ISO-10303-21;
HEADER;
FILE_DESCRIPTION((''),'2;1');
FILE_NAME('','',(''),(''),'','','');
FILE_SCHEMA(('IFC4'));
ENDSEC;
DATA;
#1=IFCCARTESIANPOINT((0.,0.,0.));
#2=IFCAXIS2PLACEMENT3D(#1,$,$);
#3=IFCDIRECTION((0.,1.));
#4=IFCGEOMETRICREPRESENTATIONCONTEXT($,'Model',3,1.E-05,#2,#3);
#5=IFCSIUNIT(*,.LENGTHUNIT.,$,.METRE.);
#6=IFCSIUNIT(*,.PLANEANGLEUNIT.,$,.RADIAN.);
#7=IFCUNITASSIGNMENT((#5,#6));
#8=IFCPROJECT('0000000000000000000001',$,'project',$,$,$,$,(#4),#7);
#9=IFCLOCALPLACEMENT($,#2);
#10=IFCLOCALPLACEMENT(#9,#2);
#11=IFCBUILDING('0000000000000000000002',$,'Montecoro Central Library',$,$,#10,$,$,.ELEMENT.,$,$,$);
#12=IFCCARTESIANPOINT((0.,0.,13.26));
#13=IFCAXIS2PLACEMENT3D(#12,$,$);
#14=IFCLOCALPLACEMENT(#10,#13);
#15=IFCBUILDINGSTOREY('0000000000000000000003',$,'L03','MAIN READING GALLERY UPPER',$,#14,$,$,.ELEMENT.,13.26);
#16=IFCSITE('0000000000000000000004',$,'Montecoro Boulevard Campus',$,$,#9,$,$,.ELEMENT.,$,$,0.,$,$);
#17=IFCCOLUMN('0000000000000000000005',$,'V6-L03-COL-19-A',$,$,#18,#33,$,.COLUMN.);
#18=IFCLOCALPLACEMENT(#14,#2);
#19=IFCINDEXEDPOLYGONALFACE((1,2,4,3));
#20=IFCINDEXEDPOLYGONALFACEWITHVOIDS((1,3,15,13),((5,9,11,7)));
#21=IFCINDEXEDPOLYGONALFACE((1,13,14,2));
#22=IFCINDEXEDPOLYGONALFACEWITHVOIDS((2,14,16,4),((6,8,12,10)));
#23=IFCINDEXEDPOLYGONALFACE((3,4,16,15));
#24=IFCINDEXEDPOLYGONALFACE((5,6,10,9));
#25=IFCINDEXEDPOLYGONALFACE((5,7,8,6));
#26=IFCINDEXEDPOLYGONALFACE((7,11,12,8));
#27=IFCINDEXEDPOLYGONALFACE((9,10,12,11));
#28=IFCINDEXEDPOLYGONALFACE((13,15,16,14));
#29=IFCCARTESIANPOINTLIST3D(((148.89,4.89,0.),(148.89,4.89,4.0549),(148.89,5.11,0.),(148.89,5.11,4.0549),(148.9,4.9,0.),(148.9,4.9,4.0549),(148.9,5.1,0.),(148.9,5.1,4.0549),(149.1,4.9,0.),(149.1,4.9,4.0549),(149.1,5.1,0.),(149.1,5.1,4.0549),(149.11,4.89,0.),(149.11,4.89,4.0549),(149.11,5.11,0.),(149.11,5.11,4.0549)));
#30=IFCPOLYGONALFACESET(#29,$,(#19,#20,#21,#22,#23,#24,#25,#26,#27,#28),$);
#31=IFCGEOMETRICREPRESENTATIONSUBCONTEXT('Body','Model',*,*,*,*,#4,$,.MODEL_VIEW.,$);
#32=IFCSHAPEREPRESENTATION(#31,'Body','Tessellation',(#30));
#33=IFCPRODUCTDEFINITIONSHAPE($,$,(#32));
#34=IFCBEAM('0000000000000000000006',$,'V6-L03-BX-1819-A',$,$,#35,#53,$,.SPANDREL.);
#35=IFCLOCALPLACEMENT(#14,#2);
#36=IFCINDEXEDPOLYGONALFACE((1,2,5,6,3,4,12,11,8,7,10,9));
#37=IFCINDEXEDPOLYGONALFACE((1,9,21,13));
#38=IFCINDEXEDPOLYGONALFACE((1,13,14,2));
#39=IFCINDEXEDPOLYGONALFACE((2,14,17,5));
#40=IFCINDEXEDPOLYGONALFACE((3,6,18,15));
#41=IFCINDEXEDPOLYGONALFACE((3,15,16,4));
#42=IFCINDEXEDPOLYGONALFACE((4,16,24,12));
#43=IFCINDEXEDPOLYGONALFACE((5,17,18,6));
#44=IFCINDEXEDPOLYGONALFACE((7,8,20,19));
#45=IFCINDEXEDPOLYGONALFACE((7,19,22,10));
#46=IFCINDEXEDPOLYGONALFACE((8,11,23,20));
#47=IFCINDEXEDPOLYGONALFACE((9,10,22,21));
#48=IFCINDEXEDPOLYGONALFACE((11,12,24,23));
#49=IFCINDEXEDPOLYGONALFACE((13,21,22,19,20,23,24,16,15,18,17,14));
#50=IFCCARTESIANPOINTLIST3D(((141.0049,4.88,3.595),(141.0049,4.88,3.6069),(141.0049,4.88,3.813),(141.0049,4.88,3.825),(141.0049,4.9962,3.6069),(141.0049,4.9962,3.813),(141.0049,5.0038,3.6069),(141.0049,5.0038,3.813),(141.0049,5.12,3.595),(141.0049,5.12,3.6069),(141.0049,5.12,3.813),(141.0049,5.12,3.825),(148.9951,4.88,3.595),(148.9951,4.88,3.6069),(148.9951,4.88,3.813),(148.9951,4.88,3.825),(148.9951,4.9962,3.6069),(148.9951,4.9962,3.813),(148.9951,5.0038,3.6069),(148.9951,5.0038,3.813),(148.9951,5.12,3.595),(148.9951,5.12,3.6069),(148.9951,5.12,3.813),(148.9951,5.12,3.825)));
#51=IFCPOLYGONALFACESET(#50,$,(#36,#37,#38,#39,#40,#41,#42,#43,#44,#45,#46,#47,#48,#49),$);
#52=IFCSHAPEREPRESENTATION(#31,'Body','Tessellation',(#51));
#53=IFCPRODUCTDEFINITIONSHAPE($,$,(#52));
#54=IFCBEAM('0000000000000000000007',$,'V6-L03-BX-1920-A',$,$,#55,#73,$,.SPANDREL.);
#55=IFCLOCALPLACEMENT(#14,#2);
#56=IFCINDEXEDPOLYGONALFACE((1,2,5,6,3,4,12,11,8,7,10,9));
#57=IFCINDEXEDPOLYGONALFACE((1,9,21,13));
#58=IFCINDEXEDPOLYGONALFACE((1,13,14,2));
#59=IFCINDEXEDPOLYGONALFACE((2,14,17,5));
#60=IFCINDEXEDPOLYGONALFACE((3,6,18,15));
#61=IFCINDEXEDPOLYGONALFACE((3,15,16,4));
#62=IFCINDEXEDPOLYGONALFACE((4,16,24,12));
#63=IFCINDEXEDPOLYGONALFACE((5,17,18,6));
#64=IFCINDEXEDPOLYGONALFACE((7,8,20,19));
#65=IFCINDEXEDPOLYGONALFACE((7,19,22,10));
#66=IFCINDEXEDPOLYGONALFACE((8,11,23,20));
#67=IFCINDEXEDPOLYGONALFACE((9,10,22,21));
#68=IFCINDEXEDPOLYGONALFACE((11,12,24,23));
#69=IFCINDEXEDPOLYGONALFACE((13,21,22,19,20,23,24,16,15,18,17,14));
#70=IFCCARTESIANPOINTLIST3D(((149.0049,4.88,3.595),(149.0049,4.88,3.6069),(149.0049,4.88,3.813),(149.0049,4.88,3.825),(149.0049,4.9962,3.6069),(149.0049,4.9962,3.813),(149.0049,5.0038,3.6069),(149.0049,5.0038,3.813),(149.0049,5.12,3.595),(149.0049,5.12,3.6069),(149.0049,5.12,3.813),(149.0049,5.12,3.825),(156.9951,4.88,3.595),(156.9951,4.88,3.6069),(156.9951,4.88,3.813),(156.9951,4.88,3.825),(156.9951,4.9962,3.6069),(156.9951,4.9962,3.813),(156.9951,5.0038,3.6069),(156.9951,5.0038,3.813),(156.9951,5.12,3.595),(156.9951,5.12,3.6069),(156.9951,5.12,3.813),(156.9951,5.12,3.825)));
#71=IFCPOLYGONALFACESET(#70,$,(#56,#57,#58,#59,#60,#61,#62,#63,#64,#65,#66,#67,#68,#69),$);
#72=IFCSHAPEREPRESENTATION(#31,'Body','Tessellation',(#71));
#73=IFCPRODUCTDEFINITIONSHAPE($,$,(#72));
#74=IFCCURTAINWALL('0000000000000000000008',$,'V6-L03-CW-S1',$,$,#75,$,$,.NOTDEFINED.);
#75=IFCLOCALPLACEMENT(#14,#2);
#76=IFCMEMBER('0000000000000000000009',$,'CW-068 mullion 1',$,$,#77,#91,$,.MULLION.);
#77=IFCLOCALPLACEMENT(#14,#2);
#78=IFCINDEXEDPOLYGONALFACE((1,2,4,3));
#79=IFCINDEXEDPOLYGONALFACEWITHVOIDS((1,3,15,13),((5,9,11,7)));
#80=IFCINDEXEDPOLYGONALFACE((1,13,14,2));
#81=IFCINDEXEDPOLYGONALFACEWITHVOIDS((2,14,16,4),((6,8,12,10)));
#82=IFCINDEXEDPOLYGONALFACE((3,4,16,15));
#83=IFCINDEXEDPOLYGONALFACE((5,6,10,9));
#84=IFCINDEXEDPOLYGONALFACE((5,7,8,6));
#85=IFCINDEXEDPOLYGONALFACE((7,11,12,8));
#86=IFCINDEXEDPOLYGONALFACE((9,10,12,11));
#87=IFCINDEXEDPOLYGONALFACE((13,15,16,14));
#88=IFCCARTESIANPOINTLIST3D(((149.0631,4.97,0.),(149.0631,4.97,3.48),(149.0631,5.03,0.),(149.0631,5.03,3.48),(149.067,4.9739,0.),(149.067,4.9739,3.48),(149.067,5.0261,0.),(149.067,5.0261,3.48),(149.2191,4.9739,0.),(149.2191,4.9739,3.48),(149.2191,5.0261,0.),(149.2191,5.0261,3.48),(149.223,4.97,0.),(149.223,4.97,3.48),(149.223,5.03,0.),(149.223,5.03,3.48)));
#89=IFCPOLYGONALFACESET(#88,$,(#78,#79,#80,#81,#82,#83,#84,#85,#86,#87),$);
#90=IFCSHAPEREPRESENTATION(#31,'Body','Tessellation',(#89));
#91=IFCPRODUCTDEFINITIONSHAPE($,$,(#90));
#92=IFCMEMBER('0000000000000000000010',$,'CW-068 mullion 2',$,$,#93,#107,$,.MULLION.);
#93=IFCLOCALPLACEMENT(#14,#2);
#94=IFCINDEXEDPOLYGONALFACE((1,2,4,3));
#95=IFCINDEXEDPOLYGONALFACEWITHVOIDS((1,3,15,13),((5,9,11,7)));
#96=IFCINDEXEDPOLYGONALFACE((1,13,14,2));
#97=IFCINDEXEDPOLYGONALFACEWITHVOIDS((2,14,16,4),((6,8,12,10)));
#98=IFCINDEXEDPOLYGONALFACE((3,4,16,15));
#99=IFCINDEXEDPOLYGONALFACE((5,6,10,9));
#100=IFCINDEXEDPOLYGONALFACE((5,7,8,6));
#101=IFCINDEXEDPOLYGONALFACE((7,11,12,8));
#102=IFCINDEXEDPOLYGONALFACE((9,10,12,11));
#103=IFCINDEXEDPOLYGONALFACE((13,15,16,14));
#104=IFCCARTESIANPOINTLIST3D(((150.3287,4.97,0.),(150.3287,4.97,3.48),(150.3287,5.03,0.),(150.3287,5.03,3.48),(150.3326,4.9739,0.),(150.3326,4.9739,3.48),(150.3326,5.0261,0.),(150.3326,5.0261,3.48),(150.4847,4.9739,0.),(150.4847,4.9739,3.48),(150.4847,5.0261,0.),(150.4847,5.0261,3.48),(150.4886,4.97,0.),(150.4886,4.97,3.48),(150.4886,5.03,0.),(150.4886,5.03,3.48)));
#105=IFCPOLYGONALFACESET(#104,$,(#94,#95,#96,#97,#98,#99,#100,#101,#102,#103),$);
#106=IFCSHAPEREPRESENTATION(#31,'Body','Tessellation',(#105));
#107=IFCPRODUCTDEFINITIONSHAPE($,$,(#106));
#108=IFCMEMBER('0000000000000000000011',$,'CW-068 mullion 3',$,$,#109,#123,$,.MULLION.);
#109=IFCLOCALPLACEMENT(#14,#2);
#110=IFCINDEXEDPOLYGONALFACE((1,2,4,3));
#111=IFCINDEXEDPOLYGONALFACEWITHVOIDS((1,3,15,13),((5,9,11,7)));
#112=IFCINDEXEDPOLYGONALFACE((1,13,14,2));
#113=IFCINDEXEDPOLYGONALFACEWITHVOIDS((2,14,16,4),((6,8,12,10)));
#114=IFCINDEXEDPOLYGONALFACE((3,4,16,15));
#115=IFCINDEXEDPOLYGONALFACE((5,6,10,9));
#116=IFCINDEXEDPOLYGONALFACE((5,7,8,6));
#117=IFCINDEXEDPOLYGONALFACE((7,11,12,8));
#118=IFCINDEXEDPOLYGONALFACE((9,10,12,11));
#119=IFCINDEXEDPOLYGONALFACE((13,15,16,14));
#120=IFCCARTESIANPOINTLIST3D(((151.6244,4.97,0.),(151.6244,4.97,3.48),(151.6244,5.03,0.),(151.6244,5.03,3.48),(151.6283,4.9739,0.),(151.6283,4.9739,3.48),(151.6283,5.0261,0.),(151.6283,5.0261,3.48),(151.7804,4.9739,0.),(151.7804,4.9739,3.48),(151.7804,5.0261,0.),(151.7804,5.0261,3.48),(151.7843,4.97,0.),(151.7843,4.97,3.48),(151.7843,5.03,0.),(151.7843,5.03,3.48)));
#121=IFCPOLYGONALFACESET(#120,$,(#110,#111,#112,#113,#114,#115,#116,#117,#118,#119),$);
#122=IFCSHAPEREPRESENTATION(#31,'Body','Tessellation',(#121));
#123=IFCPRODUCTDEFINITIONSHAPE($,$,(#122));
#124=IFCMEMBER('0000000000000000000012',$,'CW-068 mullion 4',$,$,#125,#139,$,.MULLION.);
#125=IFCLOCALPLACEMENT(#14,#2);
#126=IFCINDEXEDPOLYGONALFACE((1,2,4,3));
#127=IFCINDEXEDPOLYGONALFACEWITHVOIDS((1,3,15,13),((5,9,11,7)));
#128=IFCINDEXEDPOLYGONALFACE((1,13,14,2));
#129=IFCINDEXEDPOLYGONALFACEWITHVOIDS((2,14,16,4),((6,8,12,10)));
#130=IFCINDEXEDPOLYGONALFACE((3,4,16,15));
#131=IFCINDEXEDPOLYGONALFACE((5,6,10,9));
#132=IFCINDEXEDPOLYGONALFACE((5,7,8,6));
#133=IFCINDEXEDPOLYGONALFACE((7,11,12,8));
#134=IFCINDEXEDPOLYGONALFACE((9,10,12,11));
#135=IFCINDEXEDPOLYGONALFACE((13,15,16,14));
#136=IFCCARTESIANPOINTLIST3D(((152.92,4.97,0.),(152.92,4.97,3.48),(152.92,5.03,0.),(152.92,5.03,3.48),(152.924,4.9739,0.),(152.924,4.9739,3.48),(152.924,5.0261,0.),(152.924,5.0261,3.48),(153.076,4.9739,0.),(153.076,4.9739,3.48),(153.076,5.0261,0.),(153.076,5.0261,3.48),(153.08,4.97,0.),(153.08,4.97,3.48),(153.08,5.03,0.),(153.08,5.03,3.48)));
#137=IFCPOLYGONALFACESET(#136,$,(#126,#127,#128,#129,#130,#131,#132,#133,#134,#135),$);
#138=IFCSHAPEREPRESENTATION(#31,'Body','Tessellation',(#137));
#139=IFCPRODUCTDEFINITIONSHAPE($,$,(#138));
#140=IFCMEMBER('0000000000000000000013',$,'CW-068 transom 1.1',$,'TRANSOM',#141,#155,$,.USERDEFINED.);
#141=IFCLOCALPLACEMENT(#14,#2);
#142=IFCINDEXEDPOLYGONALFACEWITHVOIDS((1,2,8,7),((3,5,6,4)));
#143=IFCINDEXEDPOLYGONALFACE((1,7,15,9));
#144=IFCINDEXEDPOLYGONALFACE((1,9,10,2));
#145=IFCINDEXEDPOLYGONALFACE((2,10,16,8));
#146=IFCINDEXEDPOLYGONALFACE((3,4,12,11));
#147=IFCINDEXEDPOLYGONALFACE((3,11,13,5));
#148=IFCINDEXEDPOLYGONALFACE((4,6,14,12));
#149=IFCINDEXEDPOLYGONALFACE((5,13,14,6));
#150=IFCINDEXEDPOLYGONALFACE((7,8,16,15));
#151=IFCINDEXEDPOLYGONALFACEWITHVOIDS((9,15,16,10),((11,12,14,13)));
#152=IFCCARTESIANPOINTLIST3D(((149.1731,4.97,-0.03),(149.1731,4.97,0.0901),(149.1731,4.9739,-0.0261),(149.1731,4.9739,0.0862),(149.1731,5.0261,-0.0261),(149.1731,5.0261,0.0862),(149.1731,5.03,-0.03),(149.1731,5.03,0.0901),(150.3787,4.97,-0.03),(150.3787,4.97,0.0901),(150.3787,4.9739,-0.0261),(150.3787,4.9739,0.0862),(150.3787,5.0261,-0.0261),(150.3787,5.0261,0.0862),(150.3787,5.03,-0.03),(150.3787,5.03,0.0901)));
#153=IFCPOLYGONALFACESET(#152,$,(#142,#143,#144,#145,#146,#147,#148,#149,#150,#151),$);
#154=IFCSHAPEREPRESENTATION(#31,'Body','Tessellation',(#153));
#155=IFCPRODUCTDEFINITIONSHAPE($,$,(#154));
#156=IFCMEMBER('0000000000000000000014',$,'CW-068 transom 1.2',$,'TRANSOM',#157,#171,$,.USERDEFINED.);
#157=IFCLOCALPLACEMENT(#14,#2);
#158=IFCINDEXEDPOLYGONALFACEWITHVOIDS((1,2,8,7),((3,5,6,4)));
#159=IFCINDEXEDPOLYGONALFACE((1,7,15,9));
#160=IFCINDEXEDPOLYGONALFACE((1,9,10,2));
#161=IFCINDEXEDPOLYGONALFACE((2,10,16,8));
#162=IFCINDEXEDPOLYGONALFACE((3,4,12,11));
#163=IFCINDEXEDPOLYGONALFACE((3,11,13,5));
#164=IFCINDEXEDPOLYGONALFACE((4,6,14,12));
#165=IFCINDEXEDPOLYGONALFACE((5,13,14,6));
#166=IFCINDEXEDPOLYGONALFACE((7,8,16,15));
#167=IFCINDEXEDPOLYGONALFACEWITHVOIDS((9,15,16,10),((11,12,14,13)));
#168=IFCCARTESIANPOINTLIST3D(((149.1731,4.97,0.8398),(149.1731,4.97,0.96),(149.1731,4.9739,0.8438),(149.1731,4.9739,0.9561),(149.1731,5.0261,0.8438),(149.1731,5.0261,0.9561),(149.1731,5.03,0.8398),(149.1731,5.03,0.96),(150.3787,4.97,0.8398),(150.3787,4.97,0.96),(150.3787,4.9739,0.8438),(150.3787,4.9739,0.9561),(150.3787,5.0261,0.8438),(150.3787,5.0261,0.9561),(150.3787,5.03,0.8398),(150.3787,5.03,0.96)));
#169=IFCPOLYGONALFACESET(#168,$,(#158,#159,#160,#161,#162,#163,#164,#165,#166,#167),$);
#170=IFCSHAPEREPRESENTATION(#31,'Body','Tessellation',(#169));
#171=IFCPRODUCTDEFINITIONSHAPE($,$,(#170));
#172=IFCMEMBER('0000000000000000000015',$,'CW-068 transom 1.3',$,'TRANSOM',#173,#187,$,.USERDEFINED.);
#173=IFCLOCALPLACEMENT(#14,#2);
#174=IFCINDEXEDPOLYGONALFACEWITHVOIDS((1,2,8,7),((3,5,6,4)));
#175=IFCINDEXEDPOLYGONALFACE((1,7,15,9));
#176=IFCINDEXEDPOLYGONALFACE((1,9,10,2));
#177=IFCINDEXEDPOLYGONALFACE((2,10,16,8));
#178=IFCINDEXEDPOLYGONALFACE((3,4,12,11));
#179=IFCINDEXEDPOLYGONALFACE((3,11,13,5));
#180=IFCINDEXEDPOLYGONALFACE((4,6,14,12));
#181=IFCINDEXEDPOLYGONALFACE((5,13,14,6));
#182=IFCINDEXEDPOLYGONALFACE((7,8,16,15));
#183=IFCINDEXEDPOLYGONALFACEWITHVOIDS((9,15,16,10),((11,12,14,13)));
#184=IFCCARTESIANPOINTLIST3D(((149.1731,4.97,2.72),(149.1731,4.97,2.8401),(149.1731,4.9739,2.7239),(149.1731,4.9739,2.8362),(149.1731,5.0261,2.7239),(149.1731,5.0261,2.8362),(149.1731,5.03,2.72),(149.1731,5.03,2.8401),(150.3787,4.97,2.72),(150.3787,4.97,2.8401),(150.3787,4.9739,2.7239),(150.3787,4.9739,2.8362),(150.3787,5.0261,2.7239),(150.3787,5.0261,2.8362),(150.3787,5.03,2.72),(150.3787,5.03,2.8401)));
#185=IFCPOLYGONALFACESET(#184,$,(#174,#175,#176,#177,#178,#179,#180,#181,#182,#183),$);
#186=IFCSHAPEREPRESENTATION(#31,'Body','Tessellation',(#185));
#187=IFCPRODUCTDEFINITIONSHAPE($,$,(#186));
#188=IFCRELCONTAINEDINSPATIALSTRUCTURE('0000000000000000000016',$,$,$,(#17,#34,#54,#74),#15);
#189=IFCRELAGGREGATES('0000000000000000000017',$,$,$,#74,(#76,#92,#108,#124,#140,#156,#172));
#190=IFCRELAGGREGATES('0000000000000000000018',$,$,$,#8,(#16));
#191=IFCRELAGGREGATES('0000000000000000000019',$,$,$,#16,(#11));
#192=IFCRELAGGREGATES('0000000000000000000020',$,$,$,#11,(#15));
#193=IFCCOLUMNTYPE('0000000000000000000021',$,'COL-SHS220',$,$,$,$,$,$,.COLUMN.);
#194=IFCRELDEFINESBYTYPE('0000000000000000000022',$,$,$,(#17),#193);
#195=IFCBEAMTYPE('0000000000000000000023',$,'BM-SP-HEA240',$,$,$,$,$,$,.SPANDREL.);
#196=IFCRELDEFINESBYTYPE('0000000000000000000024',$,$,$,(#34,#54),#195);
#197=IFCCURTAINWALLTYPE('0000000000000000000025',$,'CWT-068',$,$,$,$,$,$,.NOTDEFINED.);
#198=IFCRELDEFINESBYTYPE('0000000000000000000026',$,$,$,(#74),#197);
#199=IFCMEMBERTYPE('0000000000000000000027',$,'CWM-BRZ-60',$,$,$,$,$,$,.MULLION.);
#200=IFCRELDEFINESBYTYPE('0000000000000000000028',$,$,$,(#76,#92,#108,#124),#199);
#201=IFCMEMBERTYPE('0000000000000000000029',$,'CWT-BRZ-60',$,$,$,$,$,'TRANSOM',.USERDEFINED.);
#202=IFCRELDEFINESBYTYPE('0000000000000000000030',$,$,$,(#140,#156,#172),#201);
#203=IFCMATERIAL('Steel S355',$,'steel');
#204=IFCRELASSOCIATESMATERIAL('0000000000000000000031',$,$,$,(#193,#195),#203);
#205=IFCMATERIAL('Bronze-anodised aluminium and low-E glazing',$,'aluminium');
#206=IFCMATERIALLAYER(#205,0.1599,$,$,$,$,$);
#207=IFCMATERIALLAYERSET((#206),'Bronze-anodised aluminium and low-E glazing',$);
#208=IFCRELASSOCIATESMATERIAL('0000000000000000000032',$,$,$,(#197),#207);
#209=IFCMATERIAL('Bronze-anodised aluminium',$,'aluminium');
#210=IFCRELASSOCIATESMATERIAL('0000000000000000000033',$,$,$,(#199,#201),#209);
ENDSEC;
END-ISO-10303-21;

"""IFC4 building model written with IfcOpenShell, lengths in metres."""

from ifc_helpers import new_model, si_unit, direction, frame, origin, origin_2d, place, context, subcontext, project, spatial, hollow_rectangle, i_section, extrude, material, layer, layer_set, material_profile, profile_set, type_object, element, aggregate, save


model = new_model("IFC4")

# Units and contexts
model_context = context("Model", 3, precision=1e-05, world=origin(), true_north=direction((0.0, 1.0)))
body_context = subcontext(model_context, "Body", "Model", "MODEL_VIEW")
ifc_project = project(units=[si_unit("LENGTHUNIT", "METRE"), si_unit("PLANEANGLEUNIT", "RADIAN")], contexts=[model_context])

# Site, building, storey
site_placement = place(None, origin())
site = spatial("IfcSite", under=ifc_project, at=site_placement, Name="Montecoro Boulevard Campus", CompositionType="ELEMENT", RefElevation=0.0)
building_placement = place(site_placement, origin())
building = spatial("IfcBuilding", under=site, at=building_placement, Name="Montecoro Central Library", CompositionType="ELEMENT")
storey_placement = place(building_placement, frame((0.0, 0.0, 13.26)))
storey = spatial("IfcBuildingStorey", under=building, at=storey_placement, Name="L03", Description="MAIN READING GALLERY UPPER", CompositionType="ELEMENT", Elevation=13.26)

# Column
ifc_material_1 = material(Name="Steel S355", Category="steel")
ifc_material_profile_1 = material_profile(ifc_material_1, hollow_rectangle(XDim=0.22, YDim=0.22, WallThickness=0.01, at=origin_2d()), Name="SHS 220x220x10.0")
ifc_profile_set_1 = profile_set([ifc_material_profile_1], Name="Steel S355")
column_type = type_object("IfcColumnType", Name="COL-SHS220", PredefinedType="COLUMN", material=ifc_profile_set_1)
column_placement = place(storey_placement, frame((149.0, 5.0, 0.0), z_axis=(0.0, 0.0, 1.0), x_axis=(1.0, 0.0, 0.0)))
element("IfcColumn", 1, at=column_placement, inside=storey, type_object=column_type, Name="V6-L03-COL-19-A", PredefinedType="COLUMN", context=body_context, shape_type="SweptSolid", body=[
    extrude(hollow_rectangle(XDim=0.22, YDim=0.22, WallThickness=0.01, at=origin_2d()), origin(), (0.0, 0.0, 1.0), 4.0549),
])

# Beams
ifc_material_profile_2 = material_profile(ifc_material_1, i_section(OverallWidth=0.24, OverallDepth=0.23, WebThickness=0.0076, FlangeThickness=0.012, at=origin_2d()), Name="HEA 240")
ifc_profile_set_2 = profile_set([ifc_material_profile_2], Name="Steel S355")
beam_type = type_object("IfcBeamType", Name="BM-SP-HEA240", PredefinedType="SPANDREL", material=ifc_profile_set_2)
for number, where, z_axis, x_axis, name in (
    (2, (141.0049, 5.0, 3.71), (1.0, 0.0, 0.0), (0.0, 1.0, 0.0), "V6-L03-BX-1819-A"),
    (3, (149.0049, 5.0, 3.71), (1.0, 0.0, 0.0), (0.0, 1.0, 0.0), "V6-L03-BX-1920-A"),
):
    element("IfcBeam", number, at=place(storey_placement, frame(where, z_axis=z_axis, x_axis=x_axis)), inside=storey, type_object=beam_type, Name=name, PredefinedType="SPANDREL", context=body_context, shape_type="SweptSolid", body=[
        extrude(i_section(OverallWidth=0.24, OverallDepth=0.23, WebThickness=0.0076, FlangeThickness=0.012, at=origin_2d()), origin(), (0.0, 0.0, 1.0), 7.9902),
    ])

# Curtain wall, members
ifc_material_2 = material(Name="Bronze-anodised aluminium and low-E glazing", Category="aluminium")
ifc_layer_1 = layer(ifc_material_2, 0.1599)
ifc_layer_set_1 = layer_set([ifc_layer_1], Name="Bronze-anodised aluminium and low-E glazing")
curtain_wall_type = type_object("IfcCurtainWallType", Name="CWT-068", PredefinedType="NOTDEFINED", material=ifc_layer_set_1)
curtain_wall_placement = place(storey_placement, origin())
curtain_wall = element("IfcCurtainWall", 4, at=curtain_wall_placement, inside=storey, type_object=curtain_wall_type, Name="V6-L03-CW-S1", PredefinedType="NOTDEFINED")
ifc_material_3 = material(Name="Bronze-anodised aluminium", Category="aluminium")
ifc_material_profile_3 = material_profile(ifc_material_3, hollow_rectangle(XDim=0.0601, YDim=0.1599, WallThickness=0.0039, at=origin_2d()), Name="CWM 160x60x4.0")
ifc_profile_set_3 = profile_set([ifc_material_profile_3], Name="Bronze-anodised aluminium")
member_type_1 = type_object("IfcMemberType", Name="CWM-BRZ-60", PredefinedType="MULLION", material=ifc_profile_set_3)
member_1_placement = place(storey_placement, frame((149.1431, 5.0, 0.0), z_axis=(0.0, 0.0, 1.0), x_axis=(0.0, 1.0, 0.0)))
member_1 = element("IfcMember", 5, at=member_1_placement, type_object=member_type_1, Name="CW-068 mullion 1", PredefinedType="MULLION", context=body_context, shape_type="SweptSolid", body=[
    extrude(hollow_rectangle(XDim=0.0601, YDim=0.1599, WallThickness=0.0039, at=origin_2d()), origin(), (0.0, 0.0, 1.0), 3.48),
])
member_2_placement = place(storey_placement, frame((150.4087, 5.0, 0.0), z_axis=(0.0, 0.0, 1.0), x_axis=(0.0, 1.0, 0.0)))
member_2 = element("IfcMember", 6, at=member_2_placement, type_object=member_type_1, Name="CW-068 mullion 2", PredefinedType="MULLION", context=body_context, shape_type="SweptSolid", body=[
    extrude(hollow_rectangle(XDim=0.0601, YDim=0.1599, WallThickness=0.0039, at=origin_2d()), origin(), (0.0, 0.0, 1.0), 3.48),
])
member_3_placement = place(storey_placement, frame((151.7043, 5.0, 0.0), z_axis=(0.0, 0.0, 1.0), x_axis=(0.0, 1.0, 0.0)))
member_3 = element("IfcMember", 7, at=member_3_placement, type_object=member_type_1, Name="CW-068 mullion 3", PredefinedType="MULLION", context=body_context, shape_type="SweptSolid", body=[
    extrude(hollow_rectangle(XDim=0.0601, YDim=0.1599, WallThickness=0.0039, at=origin_2d()), origin(), (0.0, 0.0, 1.0), 3.48),
])
member_4_placement = place(storey_placement, frame((153.0, 5.0, 0.0), z_axis=(0.0, 0.0, 1.0), x_axis=(0.0, 1.0, 0.0)))
member_4 = element("IfcMember", 8, at=member_4_placement, type_object=member_type_1, Name="CW-068 mullion 4", PredefinedType="MULLION", context=body_context, shape_type="SweptSolid", body=[
    extrude(hollow_rectangle(XDim=0.0601, YDim=0.1599, WallThickness=0.0039, at=origin_2d()), origin(), (0.0, 0.0, 1.0), 3.48),
])
ifc_material_profile_4 = material_profile(ifc_material_3, hollow_rectangle(XDim=0.0601, YDim=0.1201, WallThickness=0.0039, at=origin_2d()), Name="CWT 120x60x4.0")
ifc_profile_set_4 = profile_set([ifc_material_profile_4], Name="Bronze-anodised aluminium")
member_type_2 = type_object("IfcMemberType", Name="CWT-BRZ-60", ElementType="TRANSOM", PredefinedType="USERDEFINED", material=ifc_profile_set_4)
member_5_placement = place(storey_placement, frame((149.1731, 5.0, 0.03), z_axis=(1.0, 0.0, 0.0), x_axis=(0.0, 1.0, 0.0)))
member_5 = element("IfcMember", 9, at=member_5_placement, type_object=member_type_2, Name="CW-068 transom 1.1", ObjectType="TRANSOM", PredefinedType="USERDEFINED", context=body_context, shape_type="SweptSolid", body=[
    extrude(hollow_rectangle(XDim=0.0601, YDim=0.1201, WallThickness=0.0039, at=origin_2d()), origin(), (0.0, 0.0, 1.0), 1.2056),
])
member_6_placement = place(storey_placement, frame((149.1731, 5.0, 0.8999), z_axis=(1.0, 0.0, 0.0), x_axis=(0.0, 1.0, 0.0)))
member_6 = element("IfcMember", 10, at=member_6_placement, type_object=member_type_2, Name="CW-068 transom 1.2", ObjectType="TRANSOM", PredefinedType="USERDEFINED", context=body_context, shape_type="SweptSolid", body=[
    extrude(hollow_rectangle(XDim=0.0601, YDim=0.1201, WallThickness=0.0039, at=origin_2d()), origin(), (0.0, 0.0, 1.0), 1.2056),
])
member_7_placement = place(storey_placement, frame((149.1731, 5.0, 2.78), z_axis=(1.0, 0.0, 0.0), x_axis=(0.0, 1.0, 0.0)))
member_7 = element("IfcMember", 11, at=member_7_placement, type_object=member_type_2, Name="CW-068 transom 1.3", ObjectType="TRANSOM", PredefinedType="USERDEFINED", context=body_context, shape_type="SweptSolid", body=[
    extrude(hollow_rectangle(XDim=0.0601, YDim=0.1201, WallThickness=0.0039, at=origin_2d()), origin(), (0.0, 0.0, 1.0), 1.2056),
])
aggregate(curtain_wall, [member_1, member_2, member_3, member_4, member_5, member_6, member_7])

save(model, "model.ifc")
